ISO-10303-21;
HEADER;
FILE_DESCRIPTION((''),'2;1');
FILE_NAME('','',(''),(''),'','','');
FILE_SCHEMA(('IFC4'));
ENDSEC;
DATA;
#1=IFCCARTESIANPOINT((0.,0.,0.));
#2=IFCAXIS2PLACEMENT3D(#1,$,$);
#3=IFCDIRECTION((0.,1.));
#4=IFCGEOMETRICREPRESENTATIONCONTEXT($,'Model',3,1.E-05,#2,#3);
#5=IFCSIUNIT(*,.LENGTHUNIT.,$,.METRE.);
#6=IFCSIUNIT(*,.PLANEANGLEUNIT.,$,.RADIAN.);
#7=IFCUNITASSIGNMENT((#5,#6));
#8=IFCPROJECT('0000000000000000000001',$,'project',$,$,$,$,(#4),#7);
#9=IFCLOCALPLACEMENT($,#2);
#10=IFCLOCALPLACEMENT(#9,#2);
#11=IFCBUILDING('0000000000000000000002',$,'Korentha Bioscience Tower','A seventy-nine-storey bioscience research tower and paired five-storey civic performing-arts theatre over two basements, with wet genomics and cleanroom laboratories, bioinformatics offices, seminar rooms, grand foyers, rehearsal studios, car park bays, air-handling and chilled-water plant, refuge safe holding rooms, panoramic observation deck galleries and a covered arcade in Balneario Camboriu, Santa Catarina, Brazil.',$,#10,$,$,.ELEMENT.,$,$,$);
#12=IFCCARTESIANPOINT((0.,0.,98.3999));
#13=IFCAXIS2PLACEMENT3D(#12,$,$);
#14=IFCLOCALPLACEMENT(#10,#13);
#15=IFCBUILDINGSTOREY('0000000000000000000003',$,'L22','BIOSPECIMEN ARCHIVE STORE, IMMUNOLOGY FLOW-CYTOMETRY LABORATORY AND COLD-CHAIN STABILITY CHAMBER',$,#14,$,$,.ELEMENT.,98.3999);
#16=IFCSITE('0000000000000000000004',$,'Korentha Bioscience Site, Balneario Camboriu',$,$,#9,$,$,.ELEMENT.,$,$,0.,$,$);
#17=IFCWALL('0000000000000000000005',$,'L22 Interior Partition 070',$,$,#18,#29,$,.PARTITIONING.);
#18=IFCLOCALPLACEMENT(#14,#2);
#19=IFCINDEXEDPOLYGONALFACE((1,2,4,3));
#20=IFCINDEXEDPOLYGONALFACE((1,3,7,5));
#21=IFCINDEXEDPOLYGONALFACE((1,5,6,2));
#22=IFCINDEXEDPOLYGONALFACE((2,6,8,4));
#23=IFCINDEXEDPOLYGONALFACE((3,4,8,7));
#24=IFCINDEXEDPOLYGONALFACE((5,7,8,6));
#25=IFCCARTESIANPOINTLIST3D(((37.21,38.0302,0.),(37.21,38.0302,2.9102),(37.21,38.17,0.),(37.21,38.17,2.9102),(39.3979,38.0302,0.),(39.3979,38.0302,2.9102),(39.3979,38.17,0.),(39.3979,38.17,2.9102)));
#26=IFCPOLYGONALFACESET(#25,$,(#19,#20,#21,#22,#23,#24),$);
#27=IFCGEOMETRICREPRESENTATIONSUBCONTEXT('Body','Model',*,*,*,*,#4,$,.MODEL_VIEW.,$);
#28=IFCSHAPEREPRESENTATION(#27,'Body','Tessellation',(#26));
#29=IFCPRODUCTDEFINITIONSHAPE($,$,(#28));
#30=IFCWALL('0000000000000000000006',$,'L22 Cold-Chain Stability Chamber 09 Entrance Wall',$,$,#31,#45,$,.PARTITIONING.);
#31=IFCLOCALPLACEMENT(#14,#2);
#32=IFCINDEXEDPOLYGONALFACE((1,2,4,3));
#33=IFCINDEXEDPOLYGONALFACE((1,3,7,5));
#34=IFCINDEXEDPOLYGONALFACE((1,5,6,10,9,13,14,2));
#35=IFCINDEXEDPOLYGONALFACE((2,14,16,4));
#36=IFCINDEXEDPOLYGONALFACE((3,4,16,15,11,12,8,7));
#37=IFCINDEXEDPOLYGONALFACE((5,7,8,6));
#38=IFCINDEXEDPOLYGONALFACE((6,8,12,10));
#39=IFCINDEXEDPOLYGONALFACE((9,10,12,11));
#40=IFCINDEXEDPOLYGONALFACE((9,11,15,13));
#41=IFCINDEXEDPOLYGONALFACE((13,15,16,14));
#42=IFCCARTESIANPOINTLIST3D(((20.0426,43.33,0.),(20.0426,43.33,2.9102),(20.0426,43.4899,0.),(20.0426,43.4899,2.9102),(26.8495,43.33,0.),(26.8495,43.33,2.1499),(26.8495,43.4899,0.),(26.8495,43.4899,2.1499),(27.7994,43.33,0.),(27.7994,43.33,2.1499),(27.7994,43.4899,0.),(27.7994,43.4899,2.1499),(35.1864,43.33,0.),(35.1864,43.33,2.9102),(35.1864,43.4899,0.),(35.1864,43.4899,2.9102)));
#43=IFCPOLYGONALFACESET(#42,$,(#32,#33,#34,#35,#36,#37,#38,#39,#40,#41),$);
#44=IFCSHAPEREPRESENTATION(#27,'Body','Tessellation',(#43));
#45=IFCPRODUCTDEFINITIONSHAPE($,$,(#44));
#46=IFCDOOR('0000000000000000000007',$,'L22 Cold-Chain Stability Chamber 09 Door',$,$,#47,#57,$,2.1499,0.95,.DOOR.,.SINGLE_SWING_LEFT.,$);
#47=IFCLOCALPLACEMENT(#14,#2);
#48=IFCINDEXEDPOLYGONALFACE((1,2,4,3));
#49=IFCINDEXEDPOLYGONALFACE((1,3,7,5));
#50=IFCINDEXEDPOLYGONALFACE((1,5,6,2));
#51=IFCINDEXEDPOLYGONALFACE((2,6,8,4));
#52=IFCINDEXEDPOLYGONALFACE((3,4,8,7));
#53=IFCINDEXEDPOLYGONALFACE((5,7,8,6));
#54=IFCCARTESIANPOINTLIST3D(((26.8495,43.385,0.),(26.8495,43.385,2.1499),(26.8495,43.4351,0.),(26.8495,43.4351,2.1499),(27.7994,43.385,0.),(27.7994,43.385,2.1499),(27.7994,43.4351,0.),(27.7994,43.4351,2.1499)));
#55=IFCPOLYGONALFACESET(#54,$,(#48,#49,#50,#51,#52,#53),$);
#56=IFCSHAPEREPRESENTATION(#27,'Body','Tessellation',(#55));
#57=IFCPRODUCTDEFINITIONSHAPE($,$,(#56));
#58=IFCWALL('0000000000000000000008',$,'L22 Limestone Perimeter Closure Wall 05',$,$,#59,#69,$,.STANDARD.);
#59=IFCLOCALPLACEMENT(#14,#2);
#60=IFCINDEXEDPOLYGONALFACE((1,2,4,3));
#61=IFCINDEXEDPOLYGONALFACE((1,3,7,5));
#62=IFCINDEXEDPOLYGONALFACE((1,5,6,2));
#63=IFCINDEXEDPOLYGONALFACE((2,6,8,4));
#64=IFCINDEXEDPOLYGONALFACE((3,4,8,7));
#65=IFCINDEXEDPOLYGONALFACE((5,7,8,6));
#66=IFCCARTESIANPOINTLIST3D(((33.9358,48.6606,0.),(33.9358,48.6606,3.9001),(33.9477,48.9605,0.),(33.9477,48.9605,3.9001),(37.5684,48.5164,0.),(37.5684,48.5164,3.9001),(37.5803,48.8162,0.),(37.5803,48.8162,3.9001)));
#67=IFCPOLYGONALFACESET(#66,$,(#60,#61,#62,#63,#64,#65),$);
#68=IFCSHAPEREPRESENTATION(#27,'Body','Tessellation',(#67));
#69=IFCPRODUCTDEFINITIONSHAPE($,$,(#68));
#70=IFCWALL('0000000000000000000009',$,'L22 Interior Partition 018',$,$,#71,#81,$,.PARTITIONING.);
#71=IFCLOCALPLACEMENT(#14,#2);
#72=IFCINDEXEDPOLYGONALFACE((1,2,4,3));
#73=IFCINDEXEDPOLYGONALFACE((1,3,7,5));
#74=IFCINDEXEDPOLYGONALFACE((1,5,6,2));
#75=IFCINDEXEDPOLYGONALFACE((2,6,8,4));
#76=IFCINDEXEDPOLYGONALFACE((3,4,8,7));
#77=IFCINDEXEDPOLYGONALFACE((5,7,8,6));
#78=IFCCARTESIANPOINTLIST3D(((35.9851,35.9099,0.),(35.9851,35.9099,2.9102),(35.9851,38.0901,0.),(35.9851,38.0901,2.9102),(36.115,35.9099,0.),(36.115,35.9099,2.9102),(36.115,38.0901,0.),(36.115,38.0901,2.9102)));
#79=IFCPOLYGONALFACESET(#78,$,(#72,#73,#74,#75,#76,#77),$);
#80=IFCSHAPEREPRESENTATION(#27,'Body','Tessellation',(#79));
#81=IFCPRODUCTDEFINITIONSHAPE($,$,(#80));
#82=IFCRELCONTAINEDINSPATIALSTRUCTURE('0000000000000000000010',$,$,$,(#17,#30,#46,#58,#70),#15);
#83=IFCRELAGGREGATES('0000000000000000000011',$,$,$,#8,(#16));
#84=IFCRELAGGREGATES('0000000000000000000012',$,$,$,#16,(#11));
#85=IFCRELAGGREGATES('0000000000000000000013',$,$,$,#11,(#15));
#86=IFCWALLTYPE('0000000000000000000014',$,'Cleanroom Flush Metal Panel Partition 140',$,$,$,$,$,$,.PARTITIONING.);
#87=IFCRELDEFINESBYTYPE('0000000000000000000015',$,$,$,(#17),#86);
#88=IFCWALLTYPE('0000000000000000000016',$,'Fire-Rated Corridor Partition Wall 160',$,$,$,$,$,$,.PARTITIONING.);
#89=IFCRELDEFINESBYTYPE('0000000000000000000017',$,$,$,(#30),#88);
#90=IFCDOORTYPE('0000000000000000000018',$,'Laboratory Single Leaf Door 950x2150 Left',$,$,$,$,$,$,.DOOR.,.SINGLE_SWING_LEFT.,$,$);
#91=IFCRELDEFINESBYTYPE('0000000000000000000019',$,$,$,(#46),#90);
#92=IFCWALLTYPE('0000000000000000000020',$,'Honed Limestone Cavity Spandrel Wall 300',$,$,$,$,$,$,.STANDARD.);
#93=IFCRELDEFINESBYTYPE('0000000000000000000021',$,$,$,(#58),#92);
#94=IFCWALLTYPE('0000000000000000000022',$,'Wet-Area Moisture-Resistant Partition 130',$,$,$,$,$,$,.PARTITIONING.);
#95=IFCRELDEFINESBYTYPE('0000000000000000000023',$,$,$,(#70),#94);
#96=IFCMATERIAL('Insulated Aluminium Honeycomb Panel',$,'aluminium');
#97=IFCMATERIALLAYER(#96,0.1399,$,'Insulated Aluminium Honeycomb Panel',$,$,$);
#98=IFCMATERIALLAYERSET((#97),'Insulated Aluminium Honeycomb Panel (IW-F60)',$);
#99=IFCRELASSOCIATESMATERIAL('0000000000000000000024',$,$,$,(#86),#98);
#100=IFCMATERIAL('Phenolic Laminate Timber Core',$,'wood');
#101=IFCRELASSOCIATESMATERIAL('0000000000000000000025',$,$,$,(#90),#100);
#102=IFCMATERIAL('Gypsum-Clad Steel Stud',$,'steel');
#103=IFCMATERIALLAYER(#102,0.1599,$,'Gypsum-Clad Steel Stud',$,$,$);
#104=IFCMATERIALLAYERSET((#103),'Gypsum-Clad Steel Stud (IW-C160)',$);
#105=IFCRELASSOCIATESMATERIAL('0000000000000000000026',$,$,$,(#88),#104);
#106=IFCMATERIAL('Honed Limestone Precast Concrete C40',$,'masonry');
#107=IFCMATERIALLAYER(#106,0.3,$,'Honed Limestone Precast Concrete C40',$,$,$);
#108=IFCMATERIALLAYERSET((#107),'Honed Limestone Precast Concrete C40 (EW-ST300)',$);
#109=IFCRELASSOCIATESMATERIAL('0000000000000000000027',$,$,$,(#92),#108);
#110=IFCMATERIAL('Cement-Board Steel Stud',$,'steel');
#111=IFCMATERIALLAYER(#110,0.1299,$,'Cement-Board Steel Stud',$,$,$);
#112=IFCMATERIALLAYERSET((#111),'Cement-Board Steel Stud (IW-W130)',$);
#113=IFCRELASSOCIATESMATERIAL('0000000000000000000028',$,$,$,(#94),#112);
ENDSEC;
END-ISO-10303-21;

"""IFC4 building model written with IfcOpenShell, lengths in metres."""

from ifc_helpers import new_model, si_unit, direction, frame, frame_2d, origin, place, context, subcontext, project, spatial, rectangle, extrude, material, layer, layer_set, type_object, element, fill, save


model = new_model("IFC4")

# Units and contexts
model_context = context("Model", 3, precision=1e-05, world=origin(), true_north=direction((0.0, 1.0)))
body_context = subcontext(model_context, "Body", "Model", "MODEL_VIEW")
ifc_project = project(units=[si_unit("LENGTHUNIT", "METRE"), si_unit("PLANEANGLEUNIT", "RADIAN")], contexts=[model_context])

# Site, building, storey
site_placement = place(None, origin())
site = spatial("IfcSite", under=ifc_project, at=site_placement, Name="Korentha Bioscience Site, Balneario Camboriu", CompositionType="ELEMENT", RefElevation=0.0)
building_placement = place(site_placement, origin())
building = spatial("IfcBuilding", under=site, at=building_placement, Name="Korentha Bioscience Tower", Description="A seventy-nine-storey bioscience research tower and paired five-storey civic performing-arts theatre over two basements, with wet genomics and cleanroom laboratories, bioinformatics offices, seminar rooms, grand foyers, rehearsal studios, car park bays, air-handling and chilled-water plant, refuge safe holding rooms, panoramic observation deck galleries and a covered arcade in Balneario Camboriu, Santa Catarina, Brazil.", CompositionType="ELEMENT")
storey_placement = place(building_placement, frame((0.0, 0.0, 98.3999)))
storey = spatial("IfcBuildingStorey", under=building, at=storey_placement, Name="L22", Description="BIOSPECIMEN ARCHIVE STORE, IMMUNOLOGY FLOW-CYTOMETRY LABORATORY AND COLD-CHAIN STABILITY CHAMBER", CompositionType="ELEMENT", Elevation=98.3999)

# Shared definitions
ifc_material_1 = material(Name="Phenolic Laminate Timber Core", Category="wood")

# Shared definitions
ifc_material_2 = material(Name="Insulated Aluminium Honeycomb Panel", Category="aluminium")
ifc_layer_1 = layer(ifc_material_2, 0.1399, Name="Insulated Aluminium Honeycomb Panel")
ifc_layer_set_1 = layer_set([ifc_layer_1], Name="Insulated Aluminium Honeycomb Panel (IW-F60)")
wall_type_1 = type_object("IfcWallType", Name="Cleanroom Flush Metal Panel Partition 140", PredefinedType="PARTITIONING", material=ifc_layer_set_1)
door_type_1 = type_object("IfcDoorType", Name="Laboratory Single Leaf Door 950x2150 Left", OperationType="SINGLE_SWING_LEFT", PredefinedType="DOOR", material=ifc_material_1)

# Wall
wall_1_placement = place(storey_placement, frame((37.21, 38.1001, 0.0), z_axis=(0.0, 0.0, 1.0), x_axis=(1.0, 0.0, 0.0)))
element("IfcWall", 1, at=wall_1_placement, inside=storey, type_object=wall_type_1, Name="L22 Interior Partition 070", PredefinedType="PARTITIONING", context=body_context, shape_type="SweptSolid", body=[
    extrude(rectangle(XDim=2.188, YDim=0.1399, at=frame_2d((1.094, 0.0))), origin(), (0.0, 0.0, 1.0), 2.9102),
])

# Wall, opening, door
ifc_material_3 = material(Name="Gypsum-Clad Steel Stud", Category="steel")
ifc_layer_2 = layer(ifc_material_3, 0.1599, Name="Gypsum-Clad Steel Stud")
ifc_layer_set_2 = layer_set([ifc_layer_2], Name="Gypsum-Clad Steel Stud (IW-C160)")
wall_type_2 = type_object("IfcWallType", Name="Fire-Rated Corridor Partition Wall 160", PredefinedType="PARTITIONING", material=ifc_layer_set_2)
wall_2_placement = place(storey_placement, frame((35.1863, 43.4099, 0.0), z_axis=(0.0, 0.0, 1.0), x_axis=(-1.0, 0.0, 0.0)))
wall_2 = element("IfcWall", 2, at=wall_2_placement, inside=storey, type_object=wall_type_2, Name="L22 Cold-Chain Stability Chamber 09 Entrance Wall", PredefinedType="PARTITIONING", context=body_context, shape_type="SweptSolid", body=[
    extrude(rectangle(XDim=15.1438, YDim=0.1599, at=frame_2d((7.5718, 0.0))), origin(), (0.0, 0.0, 1.0), 2.9102),
])
opening_1_placement = place(wall_2_placement, frame((7.3867, 0.0, 0.0)))
opening_1 = element("IfcOpeningElement", 3, at=opening_1_placement, cuts=wall_2, PredefinedType="OPENING", context=body_context, shape_type="SweptSolid", body=[
    extrude(rectangle(XDim=0.95, YDim=2.1499, at=frame_2d((0.4751, 1.075))), frame((0.0, 0.0947, 0.0), z_axis=(0.0, -1.0, 0.0), x_axis=(1.0, 0.0, 0.0)), (0.0, 0.0, 1.0), 0.1897),
])
door_1_placement = place(opening_1_placement, origin())
door_1 = element("IfcDoor", 4, at=door_1_placement, inside=storey, type_object=door_type_1, Name="L22 Cold-Chain Stability Chamber 09 Door", OperationType="SINGLE_SWING_LEFT", OverallHeight=2.1499, OverallWidth=0.95, PredefinedType="DOOR", context=body_context, shape_type="SweptSolid", body=[
    extrude(rectangle(XDim=0.95, YDim=2.1499, at=frame_2d((0.4751, 1.075))), frame((0.0, 0.0249, 0.0), z_axis=(0.0, -1.0, 0.0), x_axis=(1.0, 0.0, 0.0)), (0.0, 0.0, 1.0), 0.05),
])
fill(opening_1, door_1)
ifc_material_4 = material(Name="Honed Limestone Precast Concrete C40", Category="masonry")
ifc_layer_3 = layer(ifc_material_4, 0.3, Name="Honed Limestone Precast Concrete C40")
ifc_layer_set_3 = layer_set([ifc_layer_3], Name="Honed Limestone Precast Concrete C40 (EW-ST300)")
wall_type_3 = type_object("IfcWallType", Name="Honed Limestone Cavity Spandrel Wall 300", PredefinedType="STANDARD", material=ifc_layer_set_3)

# Wall
wall_3_placement = place(storey_placement, frame((37.5745, 48.6663, 0.0), z_axis=(0.0, 0.0, 1.0), x_axis=(-0.999212, 0.039689, 0.0)))
element("IfcWall", 5, at=wall_3_placement, inside=storey, type_object=wall_type_3, Name="L22 Limestone Perimeter Closure Wall 05", PredefinedType="STANDARD", context=body_context, shape_type="SweptSolid", body=[
    extrude(rectangle(XDim=3.6355, YDim=0.3, at=frame_2d((1.8179, 0.0))), origin(), (0.0, 0.0, 1.0), 3.9001),
])

# Shared definitions
ifc_material_5 = material(Name="Cement-Board Steel Stud", Category="steel")
ifc_layer_4 = layer(ifc_material_5, 0.1299, Name="Cement-Board Steel Stud")
ifc_layer_set_4 = layer_set([ifc_layer_4], Name="Cement-Board Steel Stud (IW-W130)")
wall_type_4 = type_object("IfcWallType", Name="Wet-Area Moisture-Resistant Partition 130", PredefinedType="PARTITIONING", material=ifc_layer_set_4)

# Wall
wall_4_placement = place(storey_placement, frame((36.05, 38.0901, 0.0), z_axis=(0.0, 0.0, 1.0), x_axis=(0.0, -1.0, 0.0)))
element("IfcWall", 6, at=wall_4_placement, inside=storey, type_object=wall_type_4, Name="L22 Interior Partition 018", PredefinedType="PARTITIONING", context=body_context, shape_type="SweptSolid", body=[
    extrude(rectangle(XDim=2.1802, YDim=0.1299, at=frame_2d((1.0901, 0.0))), origin(), (0.0, 0.0, 1.0), 2.9102),
])

save(model, "model.ifc")
